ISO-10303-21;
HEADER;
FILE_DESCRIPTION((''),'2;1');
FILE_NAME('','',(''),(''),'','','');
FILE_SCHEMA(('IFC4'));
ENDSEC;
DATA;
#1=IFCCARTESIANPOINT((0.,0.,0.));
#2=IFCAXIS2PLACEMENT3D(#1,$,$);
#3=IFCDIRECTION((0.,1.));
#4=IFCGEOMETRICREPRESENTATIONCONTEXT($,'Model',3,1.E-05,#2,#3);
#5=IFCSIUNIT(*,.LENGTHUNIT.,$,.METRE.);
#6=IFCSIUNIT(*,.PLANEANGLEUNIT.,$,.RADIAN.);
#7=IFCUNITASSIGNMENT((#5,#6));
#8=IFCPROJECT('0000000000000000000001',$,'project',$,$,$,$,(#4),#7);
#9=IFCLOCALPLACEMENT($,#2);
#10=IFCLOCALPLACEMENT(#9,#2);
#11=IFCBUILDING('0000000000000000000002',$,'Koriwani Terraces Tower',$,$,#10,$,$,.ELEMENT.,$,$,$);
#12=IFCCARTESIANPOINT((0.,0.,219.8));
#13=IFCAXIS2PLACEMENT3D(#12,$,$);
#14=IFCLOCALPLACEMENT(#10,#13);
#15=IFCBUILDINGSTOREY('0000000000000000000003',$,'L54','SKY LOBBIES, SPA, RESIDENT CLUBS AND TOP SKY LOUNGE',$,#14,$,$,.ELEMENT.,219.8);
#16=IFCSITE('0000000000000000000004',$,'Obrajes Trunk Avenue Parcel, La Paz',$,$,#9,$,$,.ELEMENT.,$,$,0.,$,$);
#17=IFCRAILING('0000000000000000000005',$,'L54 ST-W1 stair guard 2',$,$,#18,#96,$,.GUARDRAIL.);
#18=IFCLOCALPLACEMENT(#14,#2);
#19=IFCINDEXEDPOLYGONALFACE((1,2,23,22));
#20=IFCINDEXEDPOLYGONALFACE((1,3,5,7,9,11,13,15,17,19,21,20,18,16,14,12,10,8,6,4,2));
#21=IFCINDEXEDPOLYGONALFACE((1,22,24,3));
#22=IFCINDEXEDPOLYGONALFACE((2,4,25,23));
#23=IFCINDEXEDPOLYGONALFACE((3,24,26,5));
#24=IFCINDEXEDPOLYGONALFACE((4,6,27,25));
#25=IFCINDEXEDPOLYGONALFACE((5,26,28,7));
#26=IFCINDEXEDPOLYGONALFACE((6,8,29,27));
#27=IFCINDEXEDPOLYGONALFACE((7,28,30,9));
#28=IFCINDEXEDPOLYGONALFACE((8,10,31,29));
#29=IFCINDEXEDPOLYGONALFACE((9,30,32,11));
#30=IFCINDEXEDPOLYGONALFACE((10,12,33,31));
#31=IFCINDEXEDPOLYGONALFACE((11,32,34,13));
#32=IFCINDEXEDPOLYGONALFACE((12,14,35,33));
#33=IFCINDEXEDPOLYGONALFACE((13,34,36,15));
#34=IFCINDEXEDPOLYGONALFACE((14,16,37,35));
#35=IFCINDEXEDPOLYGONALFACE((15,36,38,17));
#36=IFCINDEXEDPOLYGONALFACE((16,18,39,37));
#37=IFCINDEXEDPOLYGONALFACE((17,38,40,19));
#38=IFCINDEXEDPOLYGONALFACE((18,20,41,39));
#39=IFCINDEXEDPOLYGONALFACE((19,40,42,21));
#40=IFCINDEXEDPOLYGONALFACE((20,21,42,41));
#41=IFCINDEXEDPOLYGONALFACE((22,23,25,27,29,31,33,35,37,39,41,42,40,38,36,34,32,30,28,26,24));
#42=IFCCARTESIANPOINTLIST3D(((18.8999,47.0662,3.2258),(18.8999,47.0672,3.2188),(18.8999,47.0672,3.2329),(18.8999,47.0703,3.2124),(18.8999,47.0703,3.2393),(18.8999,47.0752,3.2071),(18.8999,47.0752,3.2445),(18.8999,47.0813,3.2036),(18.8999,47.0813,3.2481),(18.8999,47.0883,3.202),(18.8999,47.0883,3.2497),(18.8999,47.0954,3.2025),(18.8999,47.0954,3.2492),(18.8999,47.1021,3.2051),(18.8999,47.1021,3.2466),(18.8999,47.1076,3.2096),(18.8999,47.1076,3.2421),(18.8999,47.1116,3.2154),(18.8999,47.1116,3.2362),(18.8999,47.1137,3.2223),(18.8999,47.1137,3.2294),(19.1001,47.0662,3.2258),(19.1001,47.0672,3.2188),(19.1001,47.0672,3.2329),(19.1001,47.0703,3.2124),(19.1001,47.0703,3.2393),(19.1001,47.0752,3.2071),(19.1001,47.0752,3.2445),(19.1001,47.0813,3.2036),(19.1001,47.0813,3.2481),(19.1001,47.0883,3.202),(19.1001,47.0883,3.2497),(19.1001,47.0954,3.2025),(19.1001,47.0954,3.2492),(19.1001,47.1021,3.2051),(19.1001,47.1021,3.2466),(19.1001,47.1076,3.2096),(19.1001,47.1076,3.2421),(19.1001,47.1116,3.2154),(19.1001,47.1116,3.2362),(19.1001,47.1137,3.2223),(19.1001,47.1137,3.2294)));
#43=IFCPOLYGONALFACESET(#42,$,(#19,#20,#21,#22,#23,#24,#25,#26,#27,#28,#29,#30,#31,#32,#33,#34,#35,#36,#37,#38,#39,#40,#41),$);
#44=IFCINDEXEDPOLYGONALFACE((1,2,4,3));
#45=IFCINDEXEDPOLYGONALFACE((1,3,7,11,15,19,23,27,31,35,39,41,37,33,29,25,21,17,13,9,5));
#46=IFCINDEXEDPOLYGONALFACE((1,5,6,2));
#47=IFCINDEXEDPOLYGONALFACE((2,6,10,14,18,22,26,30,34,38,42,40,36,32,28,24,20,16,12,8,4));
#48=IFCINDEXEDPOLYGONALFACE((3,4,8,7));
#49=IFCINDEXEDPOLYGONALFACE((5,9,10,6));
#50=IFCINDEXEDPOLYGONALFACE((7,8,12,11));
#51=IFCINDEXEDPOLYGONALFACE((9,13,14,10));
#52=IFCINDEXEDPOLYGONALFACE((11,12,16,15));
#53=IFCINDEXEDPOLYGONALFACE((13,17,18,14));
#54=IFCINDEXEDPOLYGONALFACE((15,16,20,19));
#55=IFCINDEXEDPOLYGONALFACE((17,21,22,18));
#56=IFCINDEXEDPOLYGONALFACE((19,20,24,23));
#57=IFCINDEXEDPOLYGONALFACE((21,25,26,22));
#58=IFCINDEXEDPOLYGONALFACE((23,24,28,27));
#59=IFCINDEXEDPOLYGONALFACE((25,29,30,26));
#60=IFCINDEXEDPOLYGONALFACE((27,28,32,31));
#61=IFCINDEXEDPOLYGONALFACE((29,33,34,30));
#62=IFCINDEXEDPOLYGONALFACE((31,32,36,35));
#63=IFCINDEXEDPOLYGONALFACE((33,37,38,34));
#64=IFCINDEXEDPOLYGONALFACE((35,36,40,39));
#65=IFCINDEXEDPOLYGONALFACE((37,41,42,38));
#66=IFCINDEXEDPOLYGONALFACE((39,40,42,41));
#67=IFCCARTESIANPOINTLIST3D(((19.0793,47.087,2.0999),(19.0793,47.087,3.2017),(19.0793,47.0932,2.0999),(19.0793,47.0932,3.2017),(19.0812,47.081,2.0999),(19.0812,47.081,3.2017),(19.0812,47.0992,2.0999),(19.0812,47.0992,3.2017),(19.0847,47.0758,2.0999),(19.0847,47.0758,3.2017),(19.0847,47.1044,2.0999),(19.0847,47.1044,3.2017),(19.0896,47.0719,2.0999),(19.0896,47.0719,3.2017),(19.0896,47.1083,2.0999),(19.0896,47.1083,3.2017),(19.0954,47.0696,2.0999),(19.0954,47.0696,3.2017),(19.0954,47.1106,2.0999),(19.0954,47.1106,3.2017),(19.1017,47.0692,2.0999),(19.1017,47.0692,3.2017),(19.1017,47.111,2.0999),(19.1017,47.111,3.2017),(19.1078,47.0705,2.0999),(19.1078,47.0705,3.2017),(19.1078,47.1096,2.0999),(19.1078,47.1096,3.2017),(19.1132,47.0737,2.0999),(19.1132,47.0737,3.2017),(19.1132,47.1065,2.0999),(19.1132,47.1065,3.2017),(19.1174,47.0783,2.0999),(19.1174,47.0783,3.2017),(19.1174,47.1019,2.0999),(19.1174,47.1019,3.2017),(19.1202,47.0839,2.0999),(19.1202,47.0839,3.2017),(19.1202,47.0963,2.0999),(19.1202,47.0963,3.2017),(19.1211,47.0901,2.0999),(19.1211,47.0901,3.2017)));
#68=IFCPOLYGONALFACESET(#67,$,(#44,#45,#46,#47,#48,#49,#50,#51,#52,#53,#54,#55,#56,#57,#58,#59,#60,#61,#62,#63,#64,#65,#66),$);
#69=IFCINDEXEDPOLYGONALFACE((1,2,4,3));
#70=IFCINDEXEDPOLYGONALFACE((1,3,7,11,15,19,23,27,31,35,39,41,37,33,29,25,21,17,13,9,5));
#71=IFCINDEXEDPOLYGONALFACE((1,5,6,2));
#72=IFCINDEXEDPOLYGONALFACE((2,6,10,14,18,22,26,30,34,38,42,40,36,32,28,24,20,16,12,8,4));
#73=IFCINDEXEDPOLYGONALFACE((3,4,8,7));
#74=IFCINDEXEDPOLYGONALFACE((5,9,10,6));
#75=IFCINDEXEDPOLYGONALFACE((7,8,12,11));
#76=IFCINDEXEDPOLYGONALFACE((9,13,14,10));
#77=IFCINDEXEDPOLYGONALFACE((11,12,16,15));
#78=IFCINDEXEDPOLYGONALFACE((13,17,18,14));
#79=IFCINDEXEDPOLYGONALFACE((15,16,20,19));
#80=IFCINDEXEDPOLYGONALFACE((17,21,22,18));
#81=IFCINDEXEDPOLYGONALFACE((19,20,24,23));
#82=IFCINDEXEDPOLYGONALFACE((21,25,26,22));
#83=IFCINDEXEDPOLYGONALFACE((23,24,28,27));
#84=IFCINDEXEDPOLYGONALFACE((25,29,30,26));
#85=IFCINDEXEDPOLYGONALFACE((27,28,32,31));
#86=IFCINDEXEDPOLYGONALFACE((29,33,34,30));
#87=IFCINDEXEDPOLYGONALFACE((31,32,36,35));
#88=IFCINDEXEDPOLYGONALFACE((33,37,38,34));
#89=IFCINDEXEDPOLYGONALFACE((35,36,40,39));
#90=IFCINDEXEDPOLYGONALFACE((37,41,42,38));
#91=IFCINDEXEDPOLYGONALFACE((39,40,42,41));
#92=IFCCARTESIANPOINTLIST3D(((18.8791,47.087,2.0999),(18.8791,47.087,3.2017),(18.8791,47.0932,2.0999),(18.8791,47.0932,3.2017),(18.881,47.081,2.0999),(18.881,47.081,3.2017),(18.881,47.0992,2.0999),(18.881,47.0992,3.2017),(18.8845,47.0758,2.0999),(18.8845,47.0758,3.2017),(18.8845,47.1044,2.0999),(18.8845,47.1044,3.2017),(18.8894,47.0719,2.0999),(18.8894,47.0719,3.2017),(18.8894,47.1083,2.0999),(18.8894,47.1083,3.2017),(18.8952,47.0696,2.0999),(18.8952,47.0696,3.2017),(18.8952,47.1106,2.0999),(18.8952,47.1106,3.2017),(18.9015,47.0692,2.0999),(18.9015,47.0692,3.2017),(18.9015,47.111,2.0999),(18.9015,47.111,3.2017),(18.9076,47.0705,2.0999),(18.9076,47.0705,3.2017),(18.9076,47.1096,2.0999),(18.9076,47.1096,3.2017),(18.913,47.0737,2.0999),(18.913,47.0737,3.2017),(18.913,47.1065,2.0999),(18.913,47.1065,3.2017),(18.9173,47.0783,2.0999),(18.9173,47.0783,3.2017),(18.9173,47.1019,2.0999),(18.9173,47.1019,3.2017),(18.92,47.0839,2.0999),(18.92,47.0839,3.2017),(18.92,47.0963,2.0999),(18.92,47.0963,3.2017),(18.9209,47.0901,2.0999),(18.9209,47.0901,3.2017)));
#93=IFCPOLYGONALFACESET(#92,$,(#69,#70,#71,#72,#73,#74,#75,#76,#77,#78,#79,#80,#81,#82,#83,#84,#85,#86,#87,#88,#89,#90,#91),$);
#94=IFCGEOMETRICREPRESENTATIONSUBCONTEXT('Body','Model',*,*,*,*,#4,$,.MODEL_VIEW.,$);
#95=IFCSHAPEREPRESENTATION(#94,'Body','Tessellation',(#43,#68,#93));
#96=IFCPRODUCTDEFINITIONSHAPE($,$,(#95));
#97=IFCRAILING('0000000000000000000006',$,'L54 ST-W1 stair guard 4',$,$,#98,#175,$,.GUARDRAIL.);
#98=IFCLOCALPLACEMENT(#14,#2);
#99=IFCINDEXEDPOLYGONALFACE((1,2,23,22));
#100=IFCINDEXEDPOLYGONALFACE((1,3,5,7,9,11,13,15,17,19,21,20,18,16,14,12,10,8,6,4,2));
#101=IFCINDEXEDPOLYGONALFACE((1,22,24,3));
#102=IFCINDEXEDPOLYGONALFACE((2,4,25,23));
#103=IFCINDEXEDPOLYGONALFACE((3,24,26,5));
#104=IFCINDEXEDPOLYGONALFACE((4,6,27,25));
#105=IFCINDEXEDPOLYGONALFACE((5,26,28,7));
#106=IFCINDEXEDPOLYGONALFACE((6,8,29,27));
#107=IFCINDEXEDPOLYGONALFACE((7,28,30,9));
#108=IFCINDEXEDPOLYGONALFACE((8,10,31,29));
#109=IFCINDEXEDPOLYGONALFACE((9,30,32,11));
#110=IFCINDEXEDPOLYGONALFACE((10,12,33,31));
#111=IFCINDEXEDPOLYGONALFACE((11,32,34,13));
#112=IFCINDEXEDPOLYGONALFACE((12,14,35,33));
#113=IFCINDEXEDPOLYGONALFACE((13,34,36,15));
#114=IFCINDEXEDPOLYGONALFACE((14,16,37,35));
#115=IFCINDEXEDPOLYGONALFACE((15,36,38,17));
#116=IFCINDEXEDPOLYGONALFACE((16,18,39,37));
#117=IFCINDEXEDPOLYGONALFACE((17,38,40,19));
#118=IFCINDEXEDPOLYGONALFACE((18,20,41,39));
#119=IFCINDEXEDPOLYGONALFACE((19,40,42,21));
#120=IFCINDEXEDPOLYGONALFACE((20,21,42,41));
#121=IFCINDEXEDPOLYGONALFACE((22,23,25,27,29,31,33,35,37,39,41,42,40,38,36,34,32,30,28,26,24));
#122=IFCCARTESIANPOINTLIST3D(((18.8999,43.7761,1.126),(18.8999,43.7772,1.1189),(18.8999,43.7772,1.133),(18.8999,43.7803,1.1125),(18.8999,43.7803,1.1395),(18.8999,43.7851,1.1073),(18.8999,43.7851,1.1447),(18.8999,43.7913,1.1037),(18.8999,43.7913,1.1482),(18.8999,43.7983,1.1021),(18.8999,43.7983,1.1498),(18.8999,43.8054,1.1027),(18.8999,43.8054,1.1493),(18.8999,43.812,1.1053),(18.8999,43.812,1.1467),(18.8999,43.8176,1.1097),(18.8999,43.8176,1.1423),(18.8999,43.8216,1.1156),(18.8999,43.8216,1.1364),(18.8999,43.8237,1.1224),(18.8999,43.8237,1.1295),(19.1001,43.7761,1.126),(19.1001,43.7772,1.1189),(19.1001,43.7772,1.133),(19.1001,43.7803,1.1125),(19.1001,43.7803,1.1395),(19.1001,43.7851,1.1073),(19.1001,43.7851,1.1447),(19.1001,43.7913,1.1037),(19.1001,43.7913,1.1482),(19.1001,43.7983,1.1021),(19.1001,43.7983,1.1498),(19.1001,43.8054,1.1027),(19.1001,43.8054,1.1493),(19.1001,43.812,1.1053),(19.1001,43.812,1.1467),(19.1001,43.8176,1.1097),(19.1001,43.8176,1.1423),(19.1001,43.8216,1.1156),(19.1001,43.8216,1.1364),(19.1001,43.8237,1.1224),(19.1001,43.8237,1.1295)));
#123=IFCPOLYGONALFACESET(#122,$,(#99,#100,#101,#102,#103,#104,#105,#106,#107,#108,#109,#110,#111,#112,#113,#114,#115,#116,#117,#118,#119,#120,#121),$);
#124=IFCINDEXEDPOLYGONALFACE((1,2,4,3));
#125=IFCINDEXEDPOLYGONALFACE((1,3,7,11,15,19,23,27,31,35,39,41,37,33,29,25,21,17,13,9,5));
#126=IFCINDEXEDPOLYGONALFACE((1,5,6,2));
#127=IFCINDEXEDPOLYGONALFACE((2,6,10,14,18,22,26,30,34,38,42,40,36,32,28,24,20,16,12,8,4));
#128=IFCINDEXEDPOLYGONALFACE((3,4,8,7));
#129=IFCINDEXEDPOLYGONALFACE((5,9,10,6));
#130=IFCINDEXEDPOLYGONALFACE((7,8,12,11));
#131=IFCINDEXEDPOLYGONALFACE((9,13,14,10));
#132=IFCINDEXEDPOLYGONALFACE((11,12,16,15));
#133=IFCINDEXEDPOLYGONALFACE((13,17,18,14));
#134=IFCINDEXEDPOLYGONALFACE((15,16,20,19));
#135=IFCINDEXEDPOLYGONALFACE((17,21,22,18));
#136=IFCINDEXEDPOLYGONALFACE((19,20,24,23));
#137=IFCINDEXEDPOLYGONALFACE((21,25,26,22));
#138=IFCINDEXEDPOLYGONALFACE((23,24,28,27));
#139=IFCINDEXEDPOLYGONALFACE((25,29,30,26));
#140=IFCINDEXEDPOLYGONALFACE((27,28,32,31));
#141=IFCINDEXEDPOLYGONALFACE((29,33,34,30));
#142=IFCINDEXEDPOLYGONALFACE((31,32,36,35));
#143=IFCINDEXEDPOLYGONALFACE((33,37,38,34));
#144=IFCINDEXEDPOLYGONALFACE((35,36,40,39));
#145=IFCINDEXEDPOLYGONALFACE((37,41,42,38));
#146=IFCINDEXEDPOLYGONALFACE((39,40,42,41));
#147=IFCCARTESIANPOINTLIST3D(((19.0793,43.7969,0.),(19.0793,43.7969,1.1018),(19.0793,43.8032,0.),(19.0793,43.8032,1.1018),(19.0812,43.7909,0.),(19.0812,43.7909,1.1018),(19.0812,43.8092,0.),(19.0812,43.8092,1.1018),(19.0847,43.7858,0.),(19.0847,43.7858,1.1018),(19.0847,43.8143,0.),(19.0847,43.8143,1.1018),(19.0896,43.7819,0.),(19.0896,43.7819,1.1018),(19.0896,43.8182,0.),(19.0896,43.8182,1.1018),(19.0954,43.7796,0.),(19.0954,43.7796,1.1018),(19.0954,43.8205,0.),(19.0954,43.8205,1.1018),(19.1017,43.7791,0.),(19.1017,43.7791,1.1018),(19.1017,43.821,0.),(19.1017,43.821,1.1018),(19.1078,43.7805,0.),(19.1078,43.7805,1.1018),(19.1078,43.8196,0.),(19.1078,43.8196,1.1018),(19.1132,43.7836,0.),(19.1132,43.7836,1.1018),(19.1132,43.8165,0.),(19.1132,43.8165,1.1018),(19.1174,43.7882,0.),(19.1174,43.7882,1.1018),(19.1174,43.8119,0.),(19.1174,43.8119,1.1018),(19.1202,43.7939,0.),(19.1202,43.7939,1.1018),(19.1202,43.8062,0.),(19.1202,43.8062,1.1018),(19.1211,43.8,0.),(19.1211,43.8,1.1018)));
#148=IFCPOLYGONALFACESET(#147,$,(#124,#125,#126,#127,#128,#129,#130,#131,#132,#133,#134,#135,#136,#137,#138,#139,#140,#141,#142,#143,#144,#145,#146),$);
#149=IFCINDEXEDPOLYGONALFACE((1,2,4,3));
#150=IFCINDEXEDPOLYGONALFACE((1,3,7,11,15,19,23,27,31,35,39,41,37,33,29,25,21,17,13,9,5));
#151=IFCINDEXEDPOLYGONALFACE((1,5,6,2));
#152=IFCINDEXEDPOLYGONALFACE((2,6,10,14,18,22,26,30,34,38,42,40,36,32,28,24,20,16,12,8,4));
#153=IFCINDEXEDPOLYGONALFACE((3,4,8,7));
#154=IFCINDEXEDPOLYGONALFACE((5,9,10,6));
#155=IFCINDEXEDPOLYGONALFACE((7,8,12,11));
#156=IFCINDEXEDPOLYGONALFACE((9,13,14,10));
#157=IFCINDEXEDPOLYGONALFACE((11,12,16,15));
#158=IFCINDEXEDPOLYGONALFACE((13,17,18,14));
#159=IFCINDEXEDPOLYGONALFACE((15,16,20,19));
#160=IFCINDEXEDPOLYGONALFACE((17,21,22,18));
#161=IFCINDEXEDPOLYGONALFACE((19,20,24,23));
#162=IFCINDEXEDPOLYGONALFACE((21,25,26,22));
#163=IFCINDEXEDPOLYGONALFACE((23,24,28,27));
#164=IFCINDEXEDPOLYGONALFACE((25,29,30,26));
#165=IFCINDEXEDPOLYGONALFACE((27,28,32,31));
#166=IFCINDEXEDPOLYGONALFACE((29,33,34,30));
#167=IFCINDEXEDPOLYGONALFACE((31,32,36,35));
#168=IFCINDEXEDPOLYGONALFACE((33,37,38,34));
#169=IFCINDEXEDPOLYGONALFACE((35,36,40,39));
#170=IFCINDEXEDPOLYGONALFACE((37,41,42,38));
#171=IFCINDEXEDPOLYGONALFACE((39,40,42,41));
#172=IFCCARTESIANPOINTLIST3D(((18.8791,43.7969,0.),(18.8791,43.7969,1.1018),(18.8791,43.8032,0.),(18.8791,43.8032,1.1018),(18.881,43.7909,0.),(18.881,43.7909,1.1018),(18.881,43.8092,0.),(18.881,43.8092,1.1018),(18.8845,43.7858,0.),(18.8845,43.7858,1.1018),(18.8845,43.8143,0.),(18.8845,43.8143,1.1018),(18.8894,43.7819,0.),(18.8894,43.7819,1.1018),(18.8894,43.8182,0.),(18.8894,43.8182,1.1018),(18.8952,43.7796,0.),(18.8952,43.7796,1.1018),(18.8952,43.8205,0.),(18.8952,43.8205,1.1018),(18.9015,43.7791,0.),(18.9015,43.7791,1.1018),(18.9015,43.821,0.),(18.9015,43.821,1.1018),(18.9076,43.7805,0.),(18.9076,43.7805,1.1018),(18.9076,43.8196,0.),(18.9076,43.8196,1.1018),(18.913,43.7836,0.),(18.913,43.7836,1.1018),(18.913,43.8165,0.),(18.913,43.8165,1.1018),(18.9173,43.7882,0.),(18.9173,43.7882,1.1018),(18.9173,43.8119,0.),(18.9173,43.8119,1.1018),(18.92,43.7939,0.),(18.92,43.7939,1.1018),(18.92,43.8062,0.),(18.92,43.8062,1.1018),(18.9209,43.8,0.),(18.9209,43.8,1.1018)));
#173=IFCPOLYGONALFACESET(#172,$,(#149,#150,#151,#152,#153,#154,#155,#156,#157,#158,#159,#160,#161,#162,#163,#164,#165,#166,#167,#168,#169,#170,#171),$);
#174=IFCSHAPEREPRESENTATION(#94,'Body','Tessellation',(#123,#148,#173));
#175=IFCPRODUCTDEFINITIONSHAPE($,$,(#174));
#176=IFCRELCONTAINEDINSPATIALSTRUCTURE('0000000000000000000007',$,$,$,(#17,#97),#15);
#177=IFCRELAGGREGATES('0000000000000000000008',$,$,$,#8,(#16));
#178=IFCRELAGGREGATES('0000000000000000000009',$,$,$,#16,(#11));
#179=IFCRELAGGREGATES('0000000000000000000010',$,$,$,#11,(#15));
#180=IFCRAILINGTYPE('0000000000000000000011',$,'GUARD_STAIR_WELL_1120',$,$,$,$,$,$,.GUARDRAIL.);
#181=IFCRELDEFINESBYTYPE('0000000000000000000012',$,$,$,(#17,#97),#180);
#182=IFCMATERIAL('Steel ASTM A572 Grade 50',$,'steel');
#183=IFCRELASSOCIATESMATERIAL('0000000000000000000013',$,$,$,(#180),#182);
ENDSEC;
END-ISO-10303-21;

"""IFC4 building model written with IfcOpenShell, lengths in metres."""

from ifc_helpers import new_model, si_unit, direction, frame, origin, origin_2d, place, context, subcontext, project, spatial, circle, extrude, material, type_object, element, save


model = new_model("IFC4")

# Units and contexts
model_context = context("Model", 3, precision=1e-05, world=origin(), true_north=direction((0.0, 1.0)))
body_context = subcontext(model_context, "Body", "Model", "MODEL_VIEW")
ifc_project = project(units=[si_unit("LENGTHUNIT", "METRE"), si_unit("PLANEANGLEUNIT", "RADIAN")], contexts=[model_context])

# Site, building, storey
site_placement = place(None, origin())
site = spatial("IfcSite", under=ifc_project, at=site_placement, Name="Obrajes Trunk Avenue Parcel, La Paz", CompositionType="ELEMENT", RefElevation=0.0)
building_placement = place(site_placement, origin())
building = spatial("IfcBuilding", under=site, at=building_placement, Name="Koriwani Terraces Tower", CompositionType="ELEMENT")
storey_placement = place(building_placement, frame((0.0, 0.0, 219.8)))
storey = spatial("IfcBuildingStorey", under=building, at=storey_placement, Name="L54", Description="SKY LOBBIES, SPA, RESIDENT CLUBS AND TOP SKY LOUNGE", CompositionType="ELEMENT", Elevation=219.8)

# Shared definitions
ifc_material_1 = material(Name="Steel ASTM A572 Grade 50", Category="steel")

# Railings
railing_type_1 = type_object("IfcRailingType", Name="GUARD_STAIR_WELL_1120", PredefinedType="GUARDRAIL", material=ifc_material_1)
for number, where, name in (
    (1, (19.1001, 47.0901, 2.0999), "L54 ST-W1 stair guard 2"),
    (2, (19.1001, 43.8, 0.0), "L54 ST-W1 stair guard 4"),
):
    element("IfcRailing", number, at=place(storey_placement, frame(where)), inside=storey, type_object=railing_type_1, Name=name, PredefinedType="GUARDRAIL", context=body_context, shape_type="SweptSolid", body=[
        extrude(circle(Radius=0.0239, at=origin_2d()), frame((0.0, 0.0, 1.126), z_axis=(-1.0, 0.0, 0.0), x_axis=(0.0, -1.0, 0.0)), (0.0, 0.0, 1.0), 0.2002),
        extrude(circle(Radius=0.021, at=origin_2d()), origin(), (0.0, 0.0, 1.0), 1.1018),
        extrude(circle(Radius=0.021, at=origin_2d()), frame((-0.2002, 0.0, 0.0)), (0.0, 0.0, 1.0), 1.1018),
    ])

save(model, "model.ifc")
